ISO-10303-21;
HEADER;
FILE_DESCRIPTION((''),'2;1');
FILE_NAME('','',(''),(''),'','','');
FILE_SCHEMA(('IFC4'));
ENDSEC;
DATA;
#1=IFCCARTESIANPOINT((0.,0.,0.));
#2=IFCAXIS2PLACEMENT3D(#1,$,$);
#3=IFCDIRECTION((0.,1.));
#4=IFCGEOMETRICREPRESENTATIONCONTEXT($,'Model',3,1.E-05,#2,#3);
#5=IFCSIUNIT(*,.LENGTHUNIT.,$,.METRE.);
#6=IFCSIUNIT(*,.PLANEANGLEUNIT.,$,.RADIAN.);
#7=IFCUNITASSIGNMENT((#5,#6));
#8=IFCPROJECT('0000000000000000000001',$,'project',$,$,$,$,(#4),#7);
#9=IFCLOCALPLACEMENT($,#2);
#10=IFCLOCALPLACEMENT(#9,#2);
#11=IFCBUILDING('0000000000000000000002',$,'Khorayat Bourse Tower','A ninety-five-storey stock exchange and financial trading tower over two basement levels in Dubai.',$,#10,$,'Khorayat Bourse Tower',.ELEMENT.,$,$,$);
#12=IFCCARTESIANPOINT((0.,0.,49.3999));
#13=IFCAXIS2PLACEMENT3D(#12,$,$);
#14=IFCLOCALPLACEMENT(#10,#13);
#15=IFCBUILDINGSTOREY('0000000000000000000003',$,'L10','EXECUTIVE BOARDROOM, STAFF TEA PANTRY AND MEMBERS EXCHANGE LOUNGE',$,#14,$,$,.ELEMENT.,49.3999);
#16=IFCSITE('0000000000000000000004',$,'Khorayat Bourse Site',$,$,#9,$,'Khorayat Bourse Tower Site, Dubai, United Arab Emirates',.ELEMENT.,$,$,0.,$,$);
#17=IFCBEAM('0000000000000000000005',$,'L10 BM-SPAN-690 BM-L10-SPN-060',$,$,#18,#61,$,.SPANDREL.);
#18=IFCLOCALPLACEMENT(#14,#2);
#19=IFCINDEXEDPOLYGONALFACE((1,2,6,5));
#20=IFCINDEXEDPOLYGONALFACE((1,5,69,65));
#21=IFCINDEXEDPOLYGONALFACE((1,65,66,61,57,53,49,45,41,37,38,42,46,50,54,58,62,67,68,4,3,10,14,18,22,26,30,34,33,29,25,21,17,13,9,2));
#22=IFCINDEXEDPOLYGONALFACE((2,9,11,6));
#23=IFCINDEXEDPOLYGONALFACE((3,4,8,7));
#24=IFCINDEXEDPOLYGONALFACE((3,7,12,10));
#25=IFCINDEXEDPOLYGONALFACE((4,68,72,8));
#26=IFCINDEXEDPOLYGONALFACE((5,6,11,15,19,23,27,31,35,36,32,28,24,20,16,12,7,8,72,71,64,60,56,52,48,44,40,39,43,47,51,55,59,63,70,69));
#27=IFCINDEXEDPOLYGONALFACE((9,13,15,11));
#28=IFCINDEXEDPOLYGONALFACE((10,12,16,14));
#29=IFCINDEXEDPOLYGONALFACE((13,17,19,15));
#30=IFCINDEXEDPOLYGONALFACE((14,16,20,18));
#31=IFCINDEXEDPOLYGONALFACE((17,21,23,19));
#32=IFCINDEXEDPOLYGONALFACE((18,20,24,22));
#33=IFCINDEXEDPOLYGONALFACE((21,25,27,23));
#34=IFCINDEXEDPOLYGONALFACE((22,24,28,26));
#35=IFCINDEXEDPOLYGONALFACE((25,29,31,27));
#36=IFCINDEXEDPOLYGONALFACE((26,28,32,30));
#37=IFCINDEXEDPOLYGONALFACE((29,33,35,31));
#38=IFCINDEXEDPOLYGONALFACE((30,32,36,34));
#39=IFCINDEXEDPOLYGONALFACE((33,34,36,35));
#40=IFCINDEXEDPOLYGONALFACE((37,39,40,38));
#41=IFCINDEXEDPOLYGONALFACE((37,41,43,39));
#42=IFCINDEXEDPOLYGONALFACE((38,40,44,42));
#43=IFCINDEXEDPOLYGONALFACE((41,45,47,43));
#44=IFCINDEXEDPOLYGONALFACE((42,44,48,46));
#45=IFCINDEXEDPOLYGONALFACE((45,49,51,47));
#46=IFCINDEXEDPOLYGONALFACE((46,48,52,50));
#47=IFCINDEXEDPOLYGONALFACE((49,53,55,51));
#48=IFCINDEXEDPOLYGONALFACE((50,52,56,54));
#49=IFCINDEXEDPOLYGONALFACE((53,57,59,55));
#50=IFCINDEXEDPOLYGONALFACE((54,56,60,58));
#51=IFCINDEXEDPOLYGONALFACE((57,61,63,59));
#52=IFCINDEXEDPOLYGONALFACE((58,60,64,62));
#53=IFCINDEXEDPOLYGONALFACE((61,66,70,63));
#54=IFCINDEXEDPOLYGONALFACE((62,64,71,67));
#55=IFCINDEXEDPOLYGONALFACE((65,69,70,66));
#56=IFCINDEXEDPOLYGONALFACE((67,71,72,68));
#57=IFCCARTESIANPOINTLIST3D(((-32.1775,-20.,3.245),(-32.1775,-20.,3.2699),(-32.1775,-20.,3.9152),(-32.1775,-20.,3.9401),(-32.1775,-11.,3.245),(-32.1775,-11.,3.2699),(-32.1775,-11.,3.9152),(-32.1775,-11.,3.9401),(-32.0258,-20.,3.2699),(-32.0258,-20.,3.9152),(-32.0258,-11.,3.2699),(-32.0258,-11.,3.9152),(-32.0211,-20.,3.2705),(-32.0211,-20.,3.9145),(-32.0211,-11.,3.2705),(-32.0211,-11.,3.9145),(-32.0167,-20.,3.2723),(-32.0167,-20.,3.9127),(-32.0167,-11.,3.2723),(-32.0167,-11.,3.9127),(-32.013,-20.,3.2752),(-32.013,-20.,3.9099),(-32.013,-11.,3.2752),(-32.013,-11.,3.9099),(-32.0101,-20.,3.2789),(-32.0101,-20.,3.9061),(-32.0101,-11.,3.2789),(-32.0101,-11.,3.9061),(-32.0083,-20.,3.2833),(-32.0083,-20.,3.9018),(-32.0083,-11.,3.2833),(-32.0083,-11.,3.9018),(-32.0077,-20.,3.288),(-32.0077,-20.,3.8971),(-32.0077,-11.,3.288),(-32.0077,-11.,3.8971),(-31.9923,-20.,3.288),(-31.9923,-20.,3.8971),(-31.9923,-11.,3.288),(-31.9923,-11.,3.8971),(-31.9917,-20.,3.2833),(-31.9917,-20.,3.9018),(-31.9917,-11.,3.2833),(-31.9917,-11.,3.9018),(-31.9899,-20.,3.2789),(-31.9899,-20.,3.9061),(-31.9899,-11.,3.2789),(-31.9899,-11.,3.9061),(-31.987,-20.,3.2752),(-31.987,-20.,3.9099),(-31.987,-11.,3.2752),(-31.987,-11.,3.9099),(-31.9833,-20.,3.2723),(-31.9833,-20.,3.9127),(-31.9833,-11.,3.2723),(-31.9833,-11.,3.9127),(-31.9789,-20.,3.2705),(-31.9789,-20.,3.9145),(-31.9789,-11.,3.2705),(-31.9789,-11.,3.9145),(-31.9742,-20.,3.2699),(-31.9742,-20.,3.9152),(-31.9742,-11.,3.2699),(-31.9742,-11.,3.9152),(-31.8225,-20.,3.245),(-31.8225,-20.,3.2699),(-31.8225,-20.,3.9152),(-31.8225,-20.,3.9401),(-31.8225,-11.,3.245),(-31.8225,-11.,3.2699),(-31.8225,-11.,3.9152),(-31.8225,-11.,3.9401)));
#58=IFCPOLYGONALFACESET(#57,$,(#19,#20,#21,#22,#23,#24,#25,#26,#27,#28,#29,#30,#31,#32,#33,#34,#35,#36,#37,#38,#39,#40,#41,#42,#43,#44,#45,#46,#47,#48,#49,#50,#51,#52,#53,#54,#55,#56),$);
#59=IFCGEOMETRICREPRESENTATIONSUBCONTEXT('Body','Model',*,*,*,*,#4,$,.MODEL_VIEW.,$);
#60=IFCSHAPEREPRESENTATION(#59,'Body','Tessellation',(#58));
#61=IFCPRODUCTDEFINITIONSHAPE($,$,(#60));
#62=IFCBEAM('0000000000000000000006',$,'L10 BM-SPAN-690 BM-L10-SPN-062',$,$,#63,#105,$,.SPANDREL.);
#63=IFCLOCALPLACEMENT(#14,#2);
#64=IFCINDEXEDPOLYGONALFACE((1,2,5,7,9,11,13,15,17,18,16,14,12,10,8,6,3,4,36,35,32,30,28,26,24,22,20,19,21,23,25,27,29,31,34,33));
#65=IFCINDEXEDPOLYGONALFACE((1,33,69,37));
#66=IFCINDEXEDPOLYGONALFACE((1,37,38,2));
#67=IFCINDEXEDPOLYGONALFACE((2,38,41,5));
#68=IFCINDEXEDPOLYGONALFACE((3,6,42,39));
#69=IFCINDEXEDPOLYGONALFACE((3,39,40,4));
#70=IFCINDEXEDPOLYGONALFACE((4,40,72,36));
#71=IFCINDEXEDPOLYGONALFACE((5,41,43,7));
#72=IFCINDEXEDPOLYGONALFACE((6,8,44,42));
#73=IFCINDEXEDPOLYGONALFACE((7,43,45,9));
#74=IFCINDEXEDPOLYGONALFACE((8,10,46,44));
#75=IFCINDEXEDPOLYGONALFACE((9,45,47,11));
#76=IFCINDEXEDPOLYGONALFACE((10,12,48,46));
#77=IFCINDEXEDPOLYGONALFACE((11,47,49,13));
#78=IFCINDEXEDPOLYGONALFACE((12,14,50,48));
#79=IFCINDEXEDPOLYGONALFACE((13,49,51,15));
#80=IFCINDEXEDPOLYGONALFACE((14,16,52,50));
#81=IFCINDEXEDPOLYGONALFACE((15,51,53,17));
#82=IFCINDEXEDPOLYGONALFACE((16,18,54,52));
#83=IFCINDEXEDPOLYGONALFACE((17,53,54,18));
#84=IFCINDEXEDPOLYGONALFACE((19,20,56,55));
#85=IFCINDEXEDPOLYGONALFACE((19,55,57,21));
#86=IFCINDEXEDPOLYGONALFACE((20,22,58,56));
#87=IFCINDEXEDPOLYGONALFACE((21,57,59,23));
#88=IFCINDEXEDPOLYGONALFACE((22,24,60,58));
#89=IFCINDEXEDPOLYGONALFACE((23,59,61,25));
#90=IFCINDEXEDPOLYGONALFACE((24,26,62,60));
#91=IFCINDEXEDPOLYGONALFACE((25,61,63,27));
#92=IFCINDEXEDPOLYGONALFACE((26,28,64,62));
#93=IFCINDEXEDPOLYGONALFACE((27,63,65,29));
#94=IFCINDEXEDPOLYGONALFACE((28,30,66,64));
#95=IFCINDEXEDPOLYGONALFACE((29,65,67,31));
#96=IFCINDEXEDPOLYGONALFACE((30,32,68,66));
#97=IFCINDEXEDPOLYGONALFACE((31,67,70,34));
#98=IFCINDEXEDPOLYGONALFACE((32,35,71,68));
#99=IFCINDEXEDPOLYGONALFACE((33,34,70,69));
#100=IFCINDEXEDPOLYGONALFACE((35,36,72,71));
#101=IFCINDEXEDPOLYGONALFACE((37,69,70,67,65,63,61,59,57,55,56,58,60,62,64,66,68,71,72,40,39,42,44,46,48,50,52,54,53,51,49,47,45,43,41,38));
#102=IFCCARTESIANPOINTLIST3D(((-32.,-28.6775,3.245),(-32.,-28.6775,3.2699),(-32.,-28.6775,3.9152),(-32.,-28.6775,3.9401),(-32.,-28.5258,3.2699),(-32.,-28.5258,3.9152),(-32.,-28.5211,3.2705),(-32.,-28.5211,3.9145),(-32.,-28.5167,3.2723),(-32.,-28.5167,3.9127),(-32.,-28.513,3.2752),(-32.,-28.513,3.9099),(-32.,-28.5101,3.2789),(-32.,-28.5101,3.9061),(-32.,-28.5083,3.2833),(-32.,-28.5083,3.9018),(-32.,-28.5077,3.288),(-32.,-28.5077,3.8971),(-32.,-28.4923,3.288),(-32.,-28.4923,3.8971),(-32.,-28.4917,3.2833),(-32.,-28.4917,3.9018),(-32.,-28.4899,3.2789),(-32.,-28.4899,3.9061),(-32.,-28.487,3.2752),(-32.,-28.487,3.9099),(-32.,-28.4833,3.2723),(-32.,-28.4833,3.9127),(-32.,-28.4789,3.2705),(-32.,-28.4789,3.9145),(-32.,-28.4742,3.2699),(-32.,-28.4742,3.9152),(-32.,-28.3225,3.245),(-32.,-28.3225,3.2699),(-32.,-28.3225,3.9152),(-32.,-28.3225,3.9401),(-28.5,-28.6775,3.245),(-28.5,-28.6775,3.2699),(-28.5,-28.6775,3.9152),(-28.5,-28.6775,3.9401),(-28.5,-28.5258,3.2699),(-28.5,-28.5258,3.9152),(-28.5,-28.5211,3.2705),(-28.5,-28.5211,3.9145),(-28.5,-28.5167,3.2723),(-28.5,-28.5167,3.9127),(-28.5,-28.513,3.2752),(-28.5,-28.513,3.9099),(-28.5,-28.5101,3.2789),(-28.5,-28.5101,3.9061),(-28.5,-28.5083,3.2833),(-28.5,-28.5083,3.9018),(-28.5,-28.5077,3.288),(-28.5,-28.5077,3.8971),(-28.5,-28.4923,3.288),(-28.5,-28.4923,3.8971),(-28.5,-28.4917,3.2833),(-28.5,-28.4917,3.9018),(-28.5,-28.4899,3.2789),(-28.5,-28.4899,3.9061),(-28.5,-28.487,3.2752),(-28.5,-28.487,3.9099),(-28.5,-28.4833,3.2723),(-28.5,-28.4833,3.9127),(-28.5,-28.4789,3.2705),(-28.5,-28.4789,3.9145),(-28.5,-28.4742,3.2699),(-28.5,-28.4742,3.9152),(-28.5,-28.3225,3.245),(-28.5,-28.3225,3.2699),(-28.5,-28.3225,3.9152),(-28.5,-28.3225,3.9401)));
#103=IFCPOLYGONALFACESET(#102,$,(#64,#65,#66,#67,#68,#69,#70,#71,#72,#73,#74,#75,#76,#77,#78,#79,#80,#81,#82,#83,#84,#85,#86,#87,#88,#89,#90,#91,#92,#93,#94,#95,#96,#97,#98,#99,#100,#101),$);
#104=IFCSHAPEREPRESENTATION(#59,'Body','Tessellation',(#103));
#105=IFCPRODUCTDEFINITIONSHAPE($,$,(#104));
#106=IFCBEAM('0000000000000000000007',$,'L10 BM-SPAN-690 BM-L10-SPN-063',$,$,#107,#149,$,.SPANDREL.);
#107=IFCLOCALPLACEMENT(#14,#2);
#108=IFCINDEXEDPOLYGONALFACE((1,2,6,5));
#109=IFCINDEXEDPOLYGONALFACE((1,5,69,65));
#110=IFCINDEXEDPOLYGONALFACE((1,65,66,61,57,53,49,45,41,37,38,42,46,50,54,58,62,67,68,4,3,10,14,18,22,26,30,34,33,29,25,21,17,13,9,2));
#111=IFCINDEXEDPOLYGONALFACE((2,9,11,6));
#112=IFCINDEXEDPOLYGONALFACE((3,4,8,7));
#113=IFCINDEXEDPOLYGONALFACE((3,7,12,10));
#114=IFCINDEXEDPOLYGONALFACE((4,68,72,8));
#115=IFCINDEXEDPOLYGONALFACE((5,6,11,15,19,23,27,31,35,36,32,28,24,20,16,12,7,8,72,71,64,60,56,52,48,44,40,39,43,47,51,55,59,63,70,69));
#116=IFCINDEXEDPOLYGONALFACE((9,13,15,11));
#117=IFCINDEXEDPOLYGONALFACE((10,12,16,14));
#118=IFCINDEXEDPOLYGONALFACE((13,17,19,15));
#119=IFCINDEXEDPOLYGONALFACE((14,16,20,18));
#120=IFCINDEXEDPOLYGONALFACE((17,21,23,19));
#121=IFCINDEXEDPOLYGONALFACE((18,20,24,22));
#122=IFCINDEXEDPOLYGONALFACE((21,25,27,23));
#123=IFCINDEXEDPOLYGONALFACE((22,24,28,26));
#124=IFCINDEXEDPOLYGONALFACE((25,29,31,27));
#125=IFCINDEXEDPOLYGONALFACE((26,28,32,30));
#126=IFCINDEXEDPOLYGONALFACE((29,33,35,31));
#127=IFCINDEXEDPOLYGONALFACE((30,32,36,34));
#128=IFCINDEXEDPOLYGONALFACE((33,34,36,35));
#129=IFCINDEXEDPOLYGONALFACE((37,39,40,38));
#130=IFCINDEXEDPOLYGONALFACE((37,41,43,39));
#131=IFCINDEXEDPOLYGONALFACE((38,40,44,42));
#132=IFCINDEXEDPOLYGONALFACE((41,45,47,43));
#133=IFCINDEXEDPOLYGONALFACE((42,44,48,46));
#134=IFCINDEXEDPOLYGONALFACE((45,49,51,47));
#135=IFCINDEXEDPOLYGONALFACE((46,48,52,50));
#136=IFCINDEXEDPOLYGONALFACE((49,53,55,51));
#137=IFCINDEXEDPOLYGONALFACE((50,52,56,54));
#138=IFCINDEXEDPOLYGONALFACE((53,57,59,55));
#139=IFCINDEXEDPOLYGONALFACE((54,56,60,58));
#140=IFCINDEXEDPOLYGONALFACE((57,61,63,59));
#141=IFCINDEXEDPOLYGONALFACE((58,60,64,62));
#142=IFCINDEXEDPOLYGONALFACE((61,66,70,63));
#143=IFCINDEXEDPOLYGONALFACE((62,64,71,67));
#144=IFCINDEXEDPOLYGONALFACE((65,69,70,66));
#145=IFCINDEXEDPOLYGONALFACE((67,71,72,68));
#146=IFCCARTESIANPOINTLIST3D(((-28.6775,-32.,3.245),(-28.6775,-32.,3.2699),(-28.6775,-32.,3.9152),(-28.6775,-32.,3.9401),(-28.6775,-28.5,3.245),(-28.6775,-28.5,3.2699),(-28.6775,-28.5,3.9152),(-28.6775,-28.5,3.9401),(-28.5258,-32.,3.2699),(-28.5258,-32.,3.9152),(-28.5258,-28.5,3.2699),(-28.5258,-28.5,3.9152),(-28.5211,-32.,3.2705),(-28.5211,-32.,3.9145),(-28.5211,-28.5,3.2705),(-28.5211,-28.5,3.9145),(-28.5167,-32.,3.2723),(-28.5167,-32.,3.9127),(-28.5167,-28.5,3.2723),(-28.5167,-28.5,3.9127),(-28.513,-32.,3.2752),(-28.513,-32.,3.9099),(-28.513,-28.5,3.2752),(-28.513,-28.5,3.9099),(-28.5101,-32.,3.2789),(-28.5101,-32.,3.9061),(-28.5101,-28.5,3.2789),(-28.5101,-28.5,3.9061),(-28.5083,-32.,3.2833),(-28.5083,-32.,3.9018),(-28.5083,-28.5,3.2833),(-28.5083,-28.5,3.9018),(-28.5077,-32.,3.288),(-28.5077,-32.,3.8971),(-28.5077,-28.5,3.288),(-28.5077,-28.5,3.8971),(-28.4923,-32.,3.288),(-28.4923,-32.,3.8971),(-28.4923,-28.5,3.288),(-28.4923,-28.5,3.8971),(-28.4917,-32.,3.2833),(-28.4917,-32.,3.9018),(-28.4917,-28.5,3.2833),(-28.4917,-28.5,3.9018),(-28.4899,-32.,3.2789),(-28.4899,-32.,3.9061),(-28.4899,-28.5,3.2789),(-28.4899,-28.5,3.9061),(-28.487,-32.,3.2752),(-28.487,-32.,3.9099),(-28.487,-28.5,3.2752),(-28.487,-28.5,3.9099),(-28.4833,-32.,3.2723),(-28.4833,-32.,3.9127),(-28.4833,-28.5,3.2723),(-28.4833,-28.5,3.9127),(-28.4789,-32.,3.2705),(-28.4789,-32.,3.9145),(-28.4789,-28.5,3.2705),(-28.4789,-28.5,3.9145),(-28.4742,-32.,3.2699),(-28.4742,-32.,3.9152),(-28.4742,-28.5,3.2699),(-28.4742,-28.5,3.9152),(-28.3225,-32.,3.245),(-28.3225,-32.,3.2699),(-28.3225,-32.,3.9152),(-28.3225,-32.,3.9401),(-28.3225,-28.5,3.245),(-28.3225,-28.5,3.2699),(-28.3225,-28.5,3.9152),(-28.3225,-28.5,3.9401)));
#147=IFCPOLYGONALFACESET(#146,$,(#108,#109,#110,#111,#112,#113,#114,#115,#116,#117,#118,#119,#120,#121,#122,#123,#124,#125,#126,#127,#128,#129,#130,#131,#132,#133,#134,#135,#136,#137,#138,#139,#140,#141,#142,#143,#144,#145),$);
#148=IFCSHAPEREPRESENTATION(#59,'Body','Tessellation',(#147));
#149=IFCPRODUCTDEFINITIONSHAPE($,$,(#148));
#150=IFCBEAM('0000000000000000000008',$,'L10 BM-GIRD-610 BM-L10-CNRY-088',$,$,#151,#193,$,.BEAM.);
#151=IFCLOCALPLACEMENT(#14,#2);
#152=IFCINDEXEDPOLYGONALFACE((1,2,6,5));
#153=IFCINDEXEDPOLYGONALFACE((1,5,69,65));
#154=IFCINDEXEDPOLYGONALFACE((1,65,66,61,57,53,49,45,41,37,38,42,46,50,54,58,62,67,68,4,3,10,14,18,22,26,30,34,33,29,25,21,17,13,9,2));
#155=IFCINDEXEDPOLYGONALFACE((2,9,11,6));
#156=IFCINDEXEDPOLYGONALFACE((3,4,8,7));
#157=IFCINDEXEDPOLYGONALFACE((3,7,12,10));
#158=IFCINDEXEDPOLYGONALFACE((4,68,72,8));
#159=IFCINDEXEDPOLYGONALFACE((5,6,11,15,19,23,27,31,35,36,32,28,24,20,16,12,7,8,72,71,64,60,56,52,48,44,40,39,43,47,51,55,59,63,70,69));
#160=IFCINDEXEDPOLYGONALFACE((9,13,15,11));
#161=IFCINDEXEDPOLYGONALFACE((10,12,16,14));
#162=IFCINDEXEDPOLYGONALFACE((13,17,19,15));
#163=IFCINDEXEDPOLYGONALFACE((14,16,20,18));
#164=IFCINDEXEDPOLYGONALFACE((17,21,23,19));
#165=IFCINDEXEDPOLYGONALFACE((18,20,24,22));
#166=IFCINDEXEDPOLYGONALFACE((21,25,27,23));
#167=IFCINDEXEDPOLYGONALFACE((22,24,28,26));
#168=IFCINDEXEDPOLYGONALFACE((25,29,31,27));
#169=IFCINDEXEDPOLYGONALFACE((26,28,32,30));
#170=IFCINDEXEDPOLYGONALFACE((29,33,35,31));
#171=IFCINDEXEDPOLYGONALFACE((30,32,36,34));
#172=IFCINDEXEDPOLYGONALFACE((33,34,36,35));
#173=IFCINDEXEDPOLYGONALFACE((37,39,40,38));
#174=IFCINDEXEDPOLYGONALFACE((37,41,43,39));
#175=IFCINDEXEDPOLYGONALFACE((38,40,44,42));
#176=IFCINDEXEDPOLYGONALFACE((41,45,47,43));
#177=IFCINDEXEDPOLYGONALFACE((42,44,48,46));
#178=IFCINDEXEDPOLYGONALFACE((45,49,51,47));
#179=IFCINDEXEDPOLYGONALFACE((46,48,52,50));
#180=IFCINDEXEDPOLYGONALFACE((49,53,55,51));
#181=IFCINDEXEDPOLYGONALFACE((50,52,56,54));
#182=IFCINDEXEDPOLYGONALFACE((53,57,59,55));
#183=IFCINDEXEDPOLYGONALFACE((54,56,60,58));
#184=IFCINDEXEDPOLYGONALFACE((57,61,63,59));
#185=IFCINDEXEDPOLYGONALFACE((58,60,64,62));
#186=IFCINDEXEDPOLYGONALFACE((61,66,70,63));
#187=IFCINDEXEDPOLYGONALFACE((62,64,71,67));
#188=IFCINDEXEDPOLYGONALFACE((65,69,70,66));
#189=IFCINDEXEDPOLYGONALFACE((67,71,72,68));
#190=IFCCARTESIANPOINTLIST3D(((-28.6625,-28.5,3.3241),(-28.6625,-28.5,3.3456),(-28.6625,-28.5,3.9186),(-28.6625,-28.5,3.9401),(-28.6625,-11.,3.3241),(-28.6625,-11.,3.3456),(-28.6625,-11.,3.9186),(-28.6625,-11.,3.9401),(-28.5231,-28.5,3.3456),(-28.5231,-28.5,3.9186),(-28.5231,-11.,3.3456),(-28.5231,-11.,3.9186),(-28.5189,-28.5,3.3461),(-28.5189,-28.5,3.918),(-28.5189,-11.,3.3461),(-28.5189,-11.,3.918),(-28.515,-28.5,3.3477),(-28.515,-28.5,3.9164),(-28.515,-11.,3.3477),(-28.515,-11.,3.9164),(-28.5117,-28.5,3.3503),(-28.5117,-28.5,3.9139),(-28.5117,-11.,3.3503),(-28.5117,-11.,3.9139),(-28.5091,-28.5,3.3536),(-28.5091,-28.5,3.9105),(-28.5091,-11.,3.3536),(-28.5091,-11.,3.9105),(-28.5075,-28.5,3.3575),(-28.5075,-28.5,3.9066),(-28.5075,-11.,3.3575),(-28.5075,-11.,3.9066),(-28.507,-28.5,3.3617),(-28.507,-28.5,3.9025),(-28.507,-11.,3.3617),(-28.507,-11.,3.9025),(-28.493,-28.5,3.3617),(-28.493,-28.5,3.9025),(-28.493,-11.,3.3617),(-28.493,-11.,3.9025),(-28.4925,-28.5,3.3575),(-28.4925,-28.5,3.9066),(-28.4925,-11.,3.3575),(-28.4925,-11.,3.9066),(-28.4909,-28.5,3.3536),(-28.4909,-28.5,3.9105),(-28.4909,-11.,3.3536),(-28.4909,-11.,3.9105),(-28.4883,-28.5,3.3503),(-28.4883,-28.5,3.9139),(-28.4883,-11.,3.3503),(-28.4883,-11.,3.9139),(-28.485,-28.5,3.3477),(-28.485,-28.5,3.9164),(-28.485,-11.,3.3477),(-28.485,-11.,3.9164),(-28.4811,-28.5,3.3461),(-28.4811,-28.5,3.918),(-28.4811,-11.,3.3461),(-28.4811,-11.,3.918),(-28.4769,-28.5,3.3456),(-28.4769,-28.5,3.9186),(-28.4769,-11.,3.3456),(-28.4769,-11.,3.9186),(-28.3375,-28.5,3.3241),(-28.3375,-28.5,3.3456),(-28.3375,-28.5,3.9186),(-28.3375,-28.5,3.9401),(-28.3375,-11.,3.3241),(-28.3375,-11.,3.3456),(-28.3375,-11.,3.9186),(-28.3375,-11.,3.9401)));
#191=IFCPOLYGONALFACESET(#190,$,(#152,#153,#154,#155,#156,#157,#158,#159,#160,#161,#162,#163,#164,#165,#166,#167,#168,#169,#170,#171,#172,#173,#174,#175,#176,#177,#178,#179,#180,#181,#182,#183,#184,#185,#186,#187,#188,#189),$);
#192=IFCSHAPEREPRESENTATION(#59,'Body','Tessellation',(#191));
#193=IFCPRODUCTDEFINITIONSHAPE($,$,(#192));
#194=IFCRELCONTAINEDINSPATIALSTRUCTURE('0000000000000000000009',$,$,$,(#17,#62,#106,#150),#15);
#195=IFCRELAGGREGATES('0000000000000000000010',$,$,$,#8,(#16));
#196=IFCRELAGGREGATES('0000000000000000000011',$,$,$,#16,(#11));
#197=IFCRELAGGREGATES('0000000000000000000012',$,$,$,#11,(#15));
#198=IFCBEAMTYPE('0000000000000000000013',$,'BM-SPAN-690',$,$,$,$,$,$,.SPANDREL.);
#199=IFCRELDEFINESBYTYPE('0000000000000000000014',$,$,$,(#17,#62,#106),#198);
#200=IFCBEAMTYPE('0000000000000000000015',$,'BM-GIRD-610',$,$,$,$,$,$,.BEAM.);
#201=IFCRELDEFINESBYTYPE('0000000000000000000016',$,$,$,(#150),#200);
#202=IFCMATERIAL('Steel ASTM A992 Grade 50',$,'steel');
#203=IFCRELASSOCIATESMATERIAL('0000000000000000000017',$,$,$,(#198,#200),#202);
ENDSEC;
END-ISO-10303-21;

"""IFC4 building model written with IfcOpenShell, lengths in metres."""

from ifc_helpers import new_model, si_unit, direction, frame, origin, origin_2d, place, context, subcontext, project, spatial, i_section, extrude, source, transform, mapped, material, material_profile, profile_set, type_object, element, save


model = new_model("IFC4")

# Units and contexts
model_context = context("Model", 3, precision=1e-05, world=origin(), true_north=direction((0.0, 1.0)))
body_context = subcontext(model_context, "Body", "Model", "MODEL_VIEW")
ifc_project = project(units=[si_unit("LENGTHUNIT", "METRE"), si_unit("PLANEANGLEUNIT", "RADIAN")], contexts=[model_context])

# Site, building, storey
site_placement = place(None, origin())
site = spatial("IfcSite", under=ifc_project, at=site_placement, Name="Khorayat Bourse Site", LongName="Khorayat Bourse Tower Site, Dubai, United Arab Emirates", CompositionType="ELEMENT", RefElevation=0.0)
building_placement = place(site_placement, origin())
building = spatial("IfcBuilding", under=site, at=building_placement, Name="Khorayat Bourse Tower", Description="A ninety-five-storey stock exchange and financial trading tower over two basement levels in Dubai.", LongName="Khorayat Bourse Tower", CompositionType="ELEMENT")
storey_placement = place(building_placement, frame((0.0, 0.0, 49.3999)))
storey = spatial("IfcBuildingStorey", under=building, at=storey_placement, Name="L10", Description="EXECUTIVE BOARDROOM, STAFF TEA PANTRY AND MEMBERS EXCHANGE LOUNGE", CompositionType="ELEMENT", Elevation=49.3999)

# Beams
ifc_material_1 = material(Name="Steel ASTM A992 Grade 50", Category="steel")
ifc_material_profile_1 = material_profile(ifc_material_1, i_section(OverallWidth=0.355, OverallDepth=0.6951, WebThickness=0.0154, FlangeThickness=0.0249, FilletRadius=0.0181, at=origin_2d()), Name="W690X217")
ifc_profile_set_1 = profile_set([ifc_material_profile_1], Name="Steel ASTM A992 Grade 50")
beam_type_1 = type_object("IfcBeamType", Name="BM-SPAN-690", PredefinedType="SPANDREL", material=ifc_profile_set_1)
shared_shape_1 = source(origin(), body_context, "Body", "SweptSolid", [
    extrude(i_section(OverallWidth=0.355, OverallDepth=0.6951, WebThickness=0.0154, FlangeThickness=0.0249, FilletRadius=0.0181, at=origin_2d()), origin(), (0.0, 0.0, 1.0), 9.0),
])
beam_1_placement = place(storey_placement, frame((-32.0, -20.0, 3.5925), z_axis=(0.0, 1.0, 0.0), x_axis=(-1.0, 0.0, 0.0)))
element("IfcBeam", 1, at=beam_1_placement, inside=storey, type_object=beam_type_1, Name="L10 BM-SPAN-690 BM-L10-SPN-060", PredefinedType="SPANDREL", context=body_context, shape_type="MappedRepresentation", body=[
    mapped(shared_shape_1, transform((0.0, 0.0, 0.0), scale=1.0)),
])
shared_shape_2 = source(origin(), body_context, "Body", "SweptSolid", [
    extrude(i_section(OverallWidth=0.355, OverallDepth=0.6951, WebThickness=0.0154, FlangeThickness=0.0249, FilletRadius=0.0181, at=origin_2d()), origin(), (0.0, 0.0, 1.0), 3.5),
])
for number, where, z_axis, x_axis, name in (
    (2, (-32.0, -28.5, 3.5925), (1.0, 0.0, 0.0), (0.0, 1.0, 0.0), "L10 BM-SPAN-690 BM-L10-SPN-062"),
    (3, (-28.5, -32.0, 3.5925), (0.0, 1.0, 0.0), (-1.0, 0.0, 0.0), "L10 BM-SPAN-690 BM-L10-SPN-063"),
):
    element("IfcBeam", number, at=place(storey_placement, frame(where, z_axis=z_axis, x_axis=x_axis)), inside=storey, type_object=beam_type_1, Name=name, PredefinedType="SPANDREL", context=body_context, shape_type="MappedRepresentation", body=[
        mapped(shared_shape_2, transform((0.0, 0.0, 0.0), scale=1.0)),
    ])
ifc_material_profile_2 = material_profile(ifc_material_1, i_section(OverallWidth=0.325, OverallDepth=0.616, WebThickness=0.0139, FlangeThickness=0.0215, FilletRadius=0.0161, at=origin_2d()), Name="W610X174")
ifc_profile_set_2 = profile_set([ifc_material_profile_2], Name="Steel ASTM A992 Grade 50")
beam_type_2 = type_object("IfcBeamType", Name="BM-GIRD-610", PredefinedType="BEAM", material=ifc_profile_set_2)
shared_shape_3 = source(origin(), body_context, "Body", "SweptSolid", [
    extrude(i_section(OverallWidth=0.325, OverallDepth=0.616, WebThickness=0.0139, FlangeThickness=0.0215, FilletRadius=0.0161, at=origin_2d()), origin(), (0.0, 0.0, 1.0), 17.5),
])
beam_2_placement = place(storey_placement, frame((-28.5, -28.5, 3.6321), z_axis=(0.0, 1.0, 0.0), x_axis=(-1.0, 0.0, 0.0)))
element("IfcBeam", 4, at=beam_2_placement, inside=storey, type_object=beam_type_2, Name="L10 BM-GIRD-610 BM-L10-CNRY-088", PredefinedType="BEAM", context=body_context, shape_type="MappedRepresentation", body=[
    mapped(shared_shape_3, transform((0.0, 0.0, 0.0), scale=1.0)),
])

save(model, "model.ifc")
